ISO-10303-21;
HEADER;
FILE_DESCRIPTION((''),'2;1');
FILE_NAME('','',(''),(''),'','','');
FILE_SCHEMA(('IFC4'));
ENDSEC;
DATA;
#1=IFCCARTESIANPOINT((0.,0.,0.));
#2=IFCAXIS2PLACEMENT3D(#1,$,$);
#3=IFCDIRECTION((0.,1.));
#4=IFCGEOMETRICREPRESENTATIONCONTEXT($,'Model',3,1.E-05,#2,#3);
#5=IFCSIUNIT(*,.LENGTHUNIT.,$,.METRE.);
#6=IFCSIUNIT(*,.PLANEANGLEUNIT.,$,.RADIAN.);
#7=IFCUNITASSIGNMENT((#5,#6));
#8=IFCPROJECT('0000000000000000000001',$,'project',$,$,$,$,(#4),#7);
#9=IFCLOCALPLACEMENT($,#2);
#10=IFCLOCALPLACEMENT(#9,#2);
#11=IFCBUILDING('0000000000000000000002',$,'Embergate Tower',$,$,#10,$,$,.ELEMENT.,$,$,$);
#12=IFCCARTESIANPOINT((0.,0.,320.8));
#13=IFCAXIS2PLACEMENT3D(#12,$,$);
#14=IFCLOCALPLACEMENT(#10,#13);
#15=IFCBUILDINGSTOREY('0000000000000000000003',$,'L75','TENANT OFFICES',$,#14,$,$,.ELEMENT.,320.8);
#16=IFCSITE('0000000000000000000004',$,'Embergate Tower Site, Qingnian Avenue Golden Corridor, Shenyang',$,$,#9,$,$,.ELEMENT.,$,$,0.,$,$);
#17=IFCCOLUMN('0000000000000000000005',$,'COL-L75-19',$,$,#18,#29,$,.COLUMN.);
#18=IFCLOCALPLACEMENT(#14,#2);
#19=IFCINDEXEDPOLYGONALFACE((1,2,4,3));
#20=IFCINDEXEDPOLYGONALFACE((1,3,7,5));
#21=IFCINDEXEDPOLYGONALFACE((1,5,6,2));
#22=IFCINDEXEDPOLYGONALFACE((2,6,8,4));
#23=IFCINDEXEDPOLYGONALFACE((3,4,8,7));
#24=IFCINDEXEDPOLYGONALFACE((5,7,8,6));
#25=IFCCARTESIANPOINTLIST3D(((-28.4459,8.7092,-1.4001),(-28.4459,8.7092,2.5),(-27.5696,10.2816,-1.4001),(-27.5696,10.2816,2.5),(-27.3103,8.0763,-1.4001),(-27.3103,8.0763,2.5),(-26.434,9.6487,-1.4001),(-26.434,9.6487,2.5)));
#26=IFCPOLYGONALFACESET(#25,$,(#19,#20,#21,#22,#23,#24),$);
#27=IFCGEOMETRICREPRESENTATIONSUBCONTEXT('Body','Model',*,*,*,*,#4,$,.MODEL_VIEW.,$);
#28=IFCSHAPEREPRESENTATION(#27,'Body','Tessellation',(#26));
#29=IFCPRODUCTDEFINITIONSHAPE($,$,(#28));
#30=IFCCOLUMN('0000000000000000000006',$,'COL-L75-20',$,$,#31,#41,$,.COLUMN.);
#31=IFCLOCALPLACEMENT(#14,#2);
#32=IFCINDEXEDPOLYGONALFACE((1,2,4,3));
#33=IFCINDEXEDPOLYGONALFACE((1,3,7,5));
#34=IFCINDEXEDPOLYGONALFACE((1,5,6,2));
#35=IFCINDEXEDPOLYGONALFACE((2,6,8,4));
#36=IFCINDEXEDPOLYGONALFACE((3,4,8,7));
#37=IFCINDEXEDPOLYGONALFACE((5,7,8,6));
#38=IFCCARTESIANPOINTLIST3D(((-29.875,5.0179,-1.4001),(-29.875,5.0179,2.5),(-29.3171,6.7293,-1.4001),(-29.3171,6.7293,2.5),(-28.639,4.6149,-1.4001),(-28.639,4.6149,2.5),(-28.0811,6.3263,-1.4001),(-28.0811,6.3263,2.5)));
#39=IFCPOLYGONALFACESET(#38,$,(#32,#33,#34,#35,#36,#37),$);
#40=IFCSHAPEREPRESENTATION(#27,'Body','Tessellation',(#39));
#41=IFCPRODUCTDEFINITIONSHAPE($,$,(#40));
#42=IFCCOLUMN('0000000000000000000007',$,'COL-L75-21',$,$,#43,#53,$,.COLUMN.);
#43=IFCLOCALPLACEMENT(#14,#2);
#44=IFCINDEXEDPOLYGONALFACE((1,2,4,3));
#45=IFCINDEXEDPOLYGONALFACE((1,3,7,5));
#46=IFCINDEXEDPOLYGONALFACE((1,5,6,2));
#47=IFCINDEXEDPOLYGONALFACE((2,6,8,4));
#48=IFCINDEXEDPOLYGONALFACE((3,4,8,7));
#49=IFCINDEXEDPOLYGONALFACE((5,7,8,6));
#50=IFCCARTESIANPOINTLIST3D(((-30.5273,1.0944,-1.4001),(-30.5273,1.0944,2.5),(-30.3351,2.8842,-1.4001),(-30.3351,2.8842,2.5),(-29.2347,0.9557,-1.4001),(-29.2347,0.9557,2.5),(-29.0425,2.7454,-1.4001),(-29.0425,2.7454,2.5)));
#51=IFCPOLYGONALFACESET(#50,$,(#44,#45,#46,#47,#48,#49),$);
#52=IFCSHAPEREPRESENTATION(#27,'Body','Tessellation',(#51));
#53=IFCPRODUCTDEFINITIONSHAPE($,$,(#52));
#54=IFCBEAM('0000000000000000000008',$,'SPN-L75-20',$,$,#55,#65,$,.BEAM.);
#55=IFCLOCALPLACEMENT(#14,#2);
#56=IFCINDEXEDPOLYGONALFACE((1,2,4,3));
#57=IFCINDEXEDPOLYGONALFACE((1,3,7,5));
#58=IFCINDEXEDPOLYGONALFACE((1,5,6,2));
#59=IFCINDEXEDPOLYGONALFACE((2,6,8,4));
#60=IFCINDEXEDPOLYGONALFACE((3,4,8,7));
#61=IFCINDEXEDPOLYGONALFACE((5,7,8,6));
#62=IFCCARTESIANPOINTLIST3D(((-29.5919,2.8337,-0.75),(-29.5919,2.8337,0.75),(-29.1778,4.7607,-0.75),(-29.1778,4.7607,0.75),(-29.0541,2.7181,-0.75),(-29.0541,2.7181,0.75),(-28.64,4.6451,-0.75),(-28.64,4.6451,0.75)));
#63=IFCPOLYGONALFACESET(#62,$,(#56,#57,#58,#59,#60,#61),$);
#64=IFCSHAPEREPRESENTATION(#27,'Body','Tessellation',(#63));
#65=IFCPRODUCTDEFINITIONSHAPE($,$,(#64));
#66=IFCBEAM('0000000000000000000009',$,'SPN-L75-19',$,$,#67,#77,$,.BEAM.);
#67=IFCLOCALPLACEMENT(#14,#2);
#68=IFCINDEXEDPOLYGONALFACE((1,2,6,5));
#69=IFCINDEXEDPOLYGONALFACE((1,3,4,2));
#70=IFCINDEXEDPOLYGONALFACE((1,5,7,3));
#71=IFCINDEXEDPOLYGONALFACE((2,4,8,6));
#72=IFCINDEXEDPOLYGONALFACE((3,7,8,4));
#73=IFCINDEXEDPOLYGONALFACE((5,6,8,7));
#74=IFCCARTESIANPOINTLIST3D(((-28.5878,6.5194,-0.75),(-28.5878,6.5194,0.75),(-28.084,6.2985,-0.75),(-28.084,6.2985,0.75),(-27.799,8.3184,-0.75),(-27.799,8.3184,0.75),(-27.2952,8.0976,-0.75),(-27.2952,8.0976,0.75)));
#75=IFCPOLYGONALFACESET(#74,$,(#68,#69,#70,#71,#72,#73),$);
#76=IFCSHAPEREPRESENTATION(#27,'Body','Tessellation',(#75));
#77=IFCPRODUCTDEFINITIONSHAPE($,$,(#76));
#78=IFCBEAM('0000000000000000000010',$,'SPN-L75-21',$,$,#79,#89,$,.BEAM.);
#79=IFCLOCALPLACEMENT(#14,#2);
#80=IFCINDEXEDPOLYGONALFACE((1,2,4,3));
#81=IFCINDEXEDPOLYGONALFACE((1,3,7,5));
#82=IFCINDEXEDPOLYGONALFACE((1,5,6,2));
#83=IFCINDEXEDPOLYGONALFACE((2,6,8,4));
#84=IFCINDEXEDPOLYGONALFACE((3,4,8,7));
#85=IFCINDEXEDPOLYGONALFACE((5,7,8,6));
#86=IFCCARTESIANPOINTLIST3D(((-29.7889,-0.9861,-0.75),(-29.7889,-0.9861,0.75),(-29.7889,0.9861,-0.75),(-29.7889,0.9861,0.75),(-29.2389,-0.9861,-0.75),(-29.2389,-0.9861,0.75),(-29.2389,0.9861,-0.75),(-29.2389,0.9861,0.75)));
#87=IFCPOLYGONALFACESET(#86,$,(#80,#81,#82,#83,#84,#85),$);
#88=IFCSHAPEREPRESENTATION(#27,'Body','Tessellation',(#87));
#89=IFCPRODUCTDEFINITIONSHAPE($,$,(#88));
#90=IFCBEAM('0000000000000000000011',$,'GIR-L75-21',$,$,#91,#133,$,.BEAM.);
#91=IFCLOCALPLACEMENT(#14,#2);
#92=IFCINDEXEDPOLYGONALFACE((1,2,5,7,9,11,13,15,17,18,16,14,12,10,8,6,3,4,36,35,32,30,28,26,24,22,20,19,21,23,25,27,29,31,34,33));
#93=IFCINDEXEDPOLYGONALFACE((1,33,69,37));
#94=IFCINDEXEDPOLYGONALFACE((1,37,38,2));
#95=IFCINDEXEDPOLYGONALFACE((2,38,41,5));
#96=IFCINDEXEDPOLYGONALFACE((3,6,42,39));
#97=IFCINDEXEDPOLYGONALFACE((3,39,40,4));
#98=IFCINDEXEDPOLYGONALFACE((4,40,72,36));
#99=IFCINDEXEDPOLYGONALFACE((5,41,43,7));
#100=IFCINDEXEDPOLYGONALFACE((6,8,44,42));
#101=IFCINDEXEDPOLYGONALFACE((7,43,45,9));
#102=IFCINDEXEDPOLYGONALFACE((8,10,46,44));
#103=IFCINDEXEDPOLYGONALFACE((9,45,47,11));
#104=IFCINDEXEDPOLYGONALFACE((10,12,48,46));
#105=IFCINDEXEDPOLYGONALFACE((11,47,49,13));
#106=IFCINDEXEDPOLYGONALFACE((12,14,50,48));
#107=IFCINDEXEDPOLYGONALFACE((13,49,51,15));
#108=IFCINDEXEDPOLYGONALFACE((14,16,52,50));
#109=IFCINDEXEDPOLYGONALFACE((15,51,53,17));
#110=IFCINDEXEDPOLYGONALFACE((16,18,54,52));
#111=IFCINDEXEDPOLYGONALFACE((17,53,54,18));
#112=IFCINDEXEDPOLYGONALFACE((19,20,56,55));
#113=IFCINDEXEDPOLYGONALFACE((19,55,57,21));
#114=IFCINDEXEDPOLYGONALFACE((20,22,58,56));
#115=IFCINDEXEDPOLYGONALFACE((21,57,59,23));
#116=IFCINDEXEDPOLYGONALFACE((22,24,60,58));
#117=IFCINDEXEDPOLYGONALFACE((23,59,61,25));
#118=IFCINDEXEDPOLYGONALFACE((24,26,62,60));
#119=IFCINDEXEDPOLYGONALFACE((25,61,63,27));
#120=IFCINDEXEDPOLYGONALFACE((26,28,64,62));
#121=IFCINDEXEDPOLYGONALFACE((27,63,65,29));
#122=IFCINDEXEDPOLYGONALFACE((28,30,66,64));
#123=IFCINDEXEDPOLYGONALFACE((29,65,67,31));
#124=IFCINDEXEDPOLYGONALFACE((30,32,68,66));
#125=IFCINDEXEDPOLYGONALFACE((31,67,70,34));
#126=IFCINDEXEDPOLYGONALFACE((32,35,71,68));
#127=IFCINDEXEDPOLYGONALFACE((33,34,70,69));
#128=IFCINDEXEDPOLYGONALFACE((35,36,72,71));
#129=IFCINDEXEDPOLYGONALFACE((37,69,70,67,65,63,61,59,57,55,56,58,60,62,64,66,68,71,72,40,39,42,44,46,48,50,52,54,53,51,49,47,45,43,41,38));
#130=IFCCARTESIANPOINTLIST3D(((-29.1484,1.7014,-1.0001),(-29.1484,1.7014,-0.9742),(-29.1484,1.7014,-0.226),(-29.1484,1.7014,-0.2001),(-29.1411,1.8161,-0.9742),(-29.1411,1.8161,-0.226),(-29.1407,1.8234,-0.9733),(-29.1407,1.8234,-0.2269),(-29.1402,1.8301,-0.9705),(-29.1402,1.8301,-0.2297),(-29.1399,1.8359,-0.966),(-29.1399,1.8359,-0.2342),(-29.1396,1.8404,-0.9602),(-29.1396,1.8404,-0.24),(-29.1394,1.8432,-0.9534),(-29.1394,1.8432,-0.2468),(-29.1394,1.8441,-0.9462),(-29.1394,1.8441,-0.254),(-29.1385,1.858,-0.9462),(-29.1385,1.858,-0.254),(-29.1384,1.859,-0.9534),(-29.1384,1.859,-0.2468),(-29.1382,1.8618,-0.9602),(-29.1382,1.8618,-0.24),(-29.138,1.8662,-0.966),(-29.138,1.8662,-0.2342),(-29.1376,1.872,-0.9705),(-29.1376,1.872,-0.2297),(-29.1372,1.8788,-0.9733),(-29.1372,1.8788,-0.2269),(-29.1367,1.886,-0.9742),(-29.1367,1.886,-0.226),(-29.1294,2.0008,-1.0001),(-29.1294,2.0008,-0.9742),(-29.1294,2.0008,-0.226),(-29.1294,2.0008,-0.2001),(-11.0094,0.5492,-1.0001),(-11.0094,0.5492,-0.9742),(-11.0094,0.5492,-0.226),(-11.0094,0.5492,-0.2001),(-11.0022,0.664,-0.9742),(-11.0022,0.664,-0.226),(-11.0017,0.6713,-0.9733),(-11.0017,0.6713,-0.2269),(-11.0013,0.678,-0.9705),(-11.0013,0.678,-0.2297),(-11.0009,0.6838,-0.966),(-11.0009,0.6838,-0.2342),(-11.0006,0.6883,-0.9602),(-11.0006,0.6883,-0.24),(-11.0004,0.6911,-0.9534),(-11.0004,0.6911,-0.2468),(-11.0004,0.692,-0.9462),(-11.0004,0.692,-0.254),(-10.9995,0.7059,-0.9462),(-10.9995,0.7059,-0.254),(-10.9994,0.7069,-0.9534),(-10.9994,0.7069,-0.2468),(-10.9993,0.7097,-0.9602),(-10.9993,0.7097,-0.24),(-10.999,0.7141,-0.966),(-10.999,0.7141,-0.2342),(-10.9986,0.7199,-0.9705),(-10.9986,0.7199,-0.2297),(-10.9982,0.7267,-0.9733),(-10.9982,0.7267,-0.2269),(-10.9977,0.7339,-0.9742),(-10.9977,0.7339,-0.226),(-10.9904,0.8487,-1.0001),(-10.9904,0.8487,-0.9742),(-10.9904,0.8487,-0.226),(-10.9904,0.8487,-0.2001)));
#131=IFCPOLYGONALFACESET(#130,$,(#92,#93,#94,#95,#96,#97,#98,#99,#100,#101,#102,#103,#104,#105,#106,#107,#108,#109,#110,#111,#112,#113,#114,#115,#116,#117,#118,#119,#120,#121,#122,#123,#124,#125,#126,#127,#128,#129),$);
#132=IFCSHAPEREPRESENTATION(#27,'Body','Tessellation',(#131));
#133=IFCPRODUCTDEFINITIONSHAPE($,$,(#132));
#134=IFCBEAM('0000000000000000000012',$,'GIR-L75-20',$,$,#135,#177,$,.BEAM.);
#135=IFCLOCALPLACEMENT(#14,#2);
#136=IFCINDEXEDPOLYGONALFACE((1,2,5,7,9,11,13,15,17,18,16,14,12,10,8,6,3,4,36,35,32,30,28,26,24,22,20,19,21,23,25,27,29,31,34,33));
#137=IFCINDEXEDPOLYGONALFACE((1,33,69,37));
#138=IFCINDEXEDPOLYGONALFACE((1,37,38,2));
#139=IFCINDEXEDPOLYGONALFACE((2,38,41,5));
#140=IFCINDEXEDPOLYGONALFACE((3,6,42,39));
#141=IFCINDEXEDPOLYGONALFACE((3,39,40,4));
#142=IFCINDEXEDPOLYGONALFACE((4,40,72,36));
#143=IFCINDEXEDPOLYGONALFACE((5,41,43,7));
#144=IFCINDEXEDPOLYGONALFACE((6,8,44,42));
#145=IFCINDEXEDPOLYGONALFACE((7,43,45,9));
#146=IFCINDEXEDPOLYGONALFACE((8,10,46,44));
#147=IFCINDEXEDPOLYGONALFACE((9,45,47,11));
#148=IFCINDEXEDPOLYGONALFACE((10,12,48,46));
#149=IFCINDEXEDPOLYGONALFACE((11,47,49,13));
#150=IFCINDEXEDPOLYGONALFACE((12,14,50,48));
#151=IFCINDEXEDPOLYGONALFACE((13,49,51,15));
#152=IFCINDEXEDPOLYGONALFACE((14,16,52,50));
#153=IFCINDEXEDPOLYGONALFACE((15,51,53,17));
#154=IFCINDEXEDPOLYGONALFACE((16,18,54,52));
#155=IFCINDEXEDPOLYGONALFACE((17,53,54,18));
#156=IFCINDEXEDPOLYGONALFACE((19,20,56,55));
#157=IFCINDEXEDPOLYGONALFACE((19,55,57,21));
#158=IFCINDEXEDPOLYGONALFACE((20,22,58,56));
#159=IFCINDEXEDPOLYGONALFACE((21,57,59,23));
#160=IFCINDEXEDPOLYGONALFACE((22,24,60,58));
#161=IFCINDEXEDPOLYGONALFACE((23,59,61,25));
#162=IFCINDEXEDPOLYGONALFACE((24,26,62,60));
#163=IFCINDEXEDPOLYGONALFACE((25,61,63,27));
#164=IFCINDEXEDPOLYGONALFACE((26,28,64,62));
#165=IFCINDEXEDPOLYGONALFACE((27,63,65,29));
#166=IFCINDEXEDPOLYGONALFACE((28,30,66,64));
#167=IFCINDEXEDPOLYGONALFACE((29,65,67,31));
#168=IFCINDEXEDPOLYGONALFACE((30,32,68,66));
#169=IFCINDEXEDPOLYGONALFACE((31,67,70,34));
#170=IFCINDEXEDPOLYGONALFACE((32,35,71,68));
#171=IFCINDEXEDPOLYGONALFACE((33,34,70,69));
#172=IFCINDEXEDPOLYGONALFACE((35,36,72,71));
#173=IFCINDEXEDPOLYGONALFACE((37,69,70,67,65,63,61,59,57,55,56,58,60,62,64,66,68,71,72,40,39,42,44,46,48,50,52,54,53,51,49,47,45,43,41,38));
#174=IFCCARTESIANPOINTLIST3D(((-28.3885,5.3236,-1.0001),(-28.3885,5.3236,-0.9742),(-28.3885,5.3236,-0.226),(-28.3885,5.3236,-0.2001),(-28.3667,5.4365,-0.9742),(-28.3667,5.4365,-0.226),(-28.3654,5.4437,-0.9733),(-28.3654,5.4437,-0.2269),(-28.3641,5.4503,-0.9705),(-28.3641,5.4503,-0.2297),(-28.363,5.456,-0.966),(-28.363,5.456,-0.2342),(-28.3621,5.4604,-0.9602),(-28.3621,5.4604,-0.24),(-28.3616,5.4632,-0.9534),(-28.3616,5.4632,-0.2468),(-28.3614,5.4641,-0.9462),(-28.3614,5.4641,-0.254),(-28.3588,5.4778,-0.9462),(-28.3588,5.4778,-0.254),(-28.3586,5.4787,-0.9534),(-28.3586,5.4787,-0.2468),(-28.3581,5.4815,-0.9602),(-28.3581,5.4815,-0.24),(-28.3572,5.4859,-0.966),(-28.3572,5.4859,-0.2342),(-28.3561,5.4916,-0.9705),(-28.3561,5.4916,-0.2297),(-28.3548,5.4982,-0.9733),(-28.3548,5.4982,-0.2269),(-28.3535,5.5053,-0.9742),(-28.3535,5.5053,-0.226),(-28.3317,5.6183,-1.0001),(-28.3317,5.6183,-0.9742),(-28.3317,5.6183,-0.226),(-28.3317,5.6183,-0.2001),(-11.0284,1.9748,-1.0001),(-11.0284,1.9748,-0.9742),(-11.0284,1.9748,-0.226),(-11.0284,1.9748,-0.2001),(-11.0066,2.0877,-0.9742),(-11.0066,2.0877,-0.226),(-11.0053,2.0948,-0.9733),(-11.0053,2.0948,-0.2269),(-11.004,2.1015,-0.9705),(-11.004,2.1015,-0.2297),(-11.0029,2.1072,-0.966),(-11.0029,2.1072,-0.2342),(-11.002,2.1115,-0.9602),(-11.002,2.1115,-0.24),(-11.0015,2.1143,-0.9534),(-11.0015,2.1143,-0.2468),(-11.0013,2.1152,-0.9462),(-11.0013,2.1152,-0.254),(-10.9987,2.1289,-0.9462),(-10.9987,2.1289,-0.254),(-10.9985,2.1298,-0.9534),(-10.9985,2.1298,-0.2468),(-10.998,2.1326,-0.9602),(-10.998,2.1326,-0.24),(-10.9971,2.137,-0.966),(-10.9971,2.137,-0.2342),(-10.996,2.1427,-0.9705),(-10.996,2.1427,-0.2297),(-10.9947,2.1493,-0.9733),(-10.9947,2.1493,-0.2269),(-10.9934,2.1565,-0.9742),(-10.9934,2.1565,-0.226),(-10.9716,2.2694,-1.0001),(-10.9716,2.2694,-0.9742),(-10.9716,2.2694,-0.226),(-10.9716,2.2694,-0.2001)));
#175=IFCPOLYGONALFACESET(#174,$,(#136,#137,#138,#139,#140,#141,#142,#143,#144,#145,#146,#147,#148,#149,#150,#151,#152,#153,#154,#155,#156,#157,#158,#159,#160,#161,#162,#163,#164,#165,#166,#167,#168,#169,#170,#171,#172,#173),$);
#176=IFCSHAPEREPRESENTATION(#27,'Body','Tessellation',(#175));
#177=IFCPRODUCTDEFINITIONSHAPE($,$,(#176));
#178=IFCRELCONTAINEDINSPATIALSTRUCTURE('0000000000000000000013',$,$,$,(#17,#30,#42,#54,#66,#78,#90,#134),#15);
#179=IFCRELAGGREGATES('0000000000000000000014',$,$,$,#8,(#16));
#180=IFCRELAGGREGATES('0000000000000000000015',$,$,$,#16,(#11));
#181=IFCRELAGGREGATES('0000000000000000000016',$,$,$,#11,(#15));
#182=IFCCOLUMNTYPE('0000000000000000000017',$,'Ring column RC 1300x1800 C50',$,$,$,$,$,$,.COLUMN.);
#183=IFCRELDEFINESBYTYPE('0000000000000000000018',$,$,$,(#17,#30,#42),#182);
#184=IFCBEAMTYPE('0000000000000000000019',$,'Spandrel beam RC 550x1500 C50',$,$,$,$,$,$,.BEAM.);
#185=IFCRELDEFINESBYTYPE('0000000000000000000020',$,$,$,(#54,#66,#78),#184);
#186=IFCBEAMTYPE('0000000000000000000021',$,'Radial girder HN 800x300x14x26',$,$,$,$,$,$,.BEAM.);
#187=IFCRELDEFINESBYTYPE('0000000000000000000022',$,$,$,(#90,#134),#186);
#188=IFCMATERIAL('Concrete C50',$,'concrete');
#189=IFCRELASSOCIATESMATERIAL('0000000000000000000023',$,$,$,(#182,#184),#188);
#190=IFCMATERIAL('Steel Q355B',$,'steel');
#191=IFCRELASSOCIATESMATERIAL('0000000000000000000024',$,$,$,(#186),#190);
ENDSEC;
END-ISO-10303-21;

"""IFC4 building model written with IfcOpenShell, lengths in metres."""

from ifc_helpers import new_model, si_unit, direction, frame, origin, origin_2d, place, context, subcontext, project, spatial, rectangle, i_section, extrude, source, transform, mapped, material, material_profile, profile_set, type_object, element, save


model = new_model("IFC4")

# Units and contexts
model_context = context("Model", 3, precision=1e-05, world=origin(), true_north=direction((0.0, 1.0)))
body_context = subcontext(model_context, "Body", "Model", "MODEL_VIEW")
ifc_project = project(units=[si_unit("LENGTHUNIT", "METRE"), si_unit("PLANEANGLEUNIT", "RADIAN")], contexts=[model_context])

# Site, building, storey
site_placement = place(None, origin())
site = spatial("IfcSite", under=ifc_project, at=site_placement, Name="Embergate Tower Site, Qingnian Avenue Golden Corridor, Shenyang", CompositionType="ELEMENT", RefElevation=0.0)
building_placement = place(site_placement, origin())
building = spatial("IfcBuilding", under=site, at=building_placement, Name="Embergate Tower", CompositionType="ELEMENT")
storey_placement = place(building_placement, frame((0.0, 0.0, 320.8)))
storey = spatial("IfcBuildingStorey", under=building, at=storey_placement, Name="L75", Description="TENANT OFFICES", CompositionType="ELEMENT", Elevation=320.8)

# Columns
ifc_material_1 = material(Name="Concrete C50", Category="concrete")
ifc_material_profile_1 = material_profile(ifc_material_1, rectangle(XDim=1.3, YDim=1.8, at=origin_2d()), Name="RC 1300x1800")
ifc_profile_set_1 = profile_set([ifc_material_profile_1], Name="Concrete C50")
column_type = type_object("IfcColumnType", Name="Ring column RC 1300x1800 C50", PredefinedType="COLUMN", material=ifc_profile_set_1)
shared_shape_1 = source(origin(), body_context, "Body", "SweptSolid", [
    extrude(rectangle(XDim=1.3, YDim=1.8, at=origin_2d()), origin(), (0.0, 0.0, 1.0), 3.9001),
])
for number, where, z_axis, x_axis, name in (
    (1, (-27.4399, 9.179, -1.4001), (0.0, 0.0, 1.0), (-0.8735, 0.486823, 0.0), "COL-L75-19"),
    (2, (-28.978, 5.6721, -1.4001), (0.0, 0.0, 1.0), (-0.950754, 0.309946, 0.0), "COL-L75-20"),
    (3, (-29.7849, 1.9199, -1.4001), (0.0, 0.0, 1.0), (-0.994286, 0.10675, 0.0), "COL-L75-21"),
):
    element("IfcColumn", number, at=place(storey_placement, frame(where, z_axis=z_axis, x_axis=x_axis)), inside=storey, type_object=column_type, Name=name, PredefinedType="COLUMN", context=body_context, shape_type="MappedRepresentation", body=[
        mapped(shared_shape_1, transform((0.0, 0.0, 0.0))),
    ])

# Beams
ifc_material_profile_2 = material_profile(ifc_material_1, rectangle(XDim=0.55, YDim=1.5, at=origin_2d()), Name="RC 550x1500")
ifc_profile_set_2 = profile_set([ifc_material_profile_2], Name="Concrete C50")
beam_type_1 = type_object("IfcBeamType", Name="Spandrel beam RC 550x1500 C50", PredefinedType="BEAM", material=ifc_profile_set_2)
shared_shape_2 = source(origin(), body_context, "Body", "SweptSolid", [
    extrude(rectangle(XDim=0.55, YDim=1.5, at=origin_2d()), origin(), (0.0, 0.0, 1.0), 1.9709),
])
beam_1_placement = place(storey_placement, frame((-28.9089, 4.7029, 0.0), z_axis=(-0.210079, -0.977684, 0.0), x_axis=(0.977684, -0.210079, 0.0)))
element("IfcBeam", 4, at=beam_1_placement, inside=storey, type_object=beam_type_1, Name="SPN-L75-20", PredefinedType="BEAM", context=body_context, shape_type="MappedRepresentation", body=[
    mapped(shared_shape_2, transform((0.0, 0.0, 0.0))),
])
shared_shape_3 = source(origin(), body_context, "Body", "SweptSolid", [
    extrude(rectangle(XDim=0.55, YDim=1.5, at=origin_2d()), origin(), (0.0, 0.0, 1.0), 1.9644),
])
beam_2_placement = place(storey_placement, frame((-27.5471, 8.208, 0.0), z_axis=(-0.401555, -0.915835, 0.0), x_axis=(0.915835, -0.401555, 0.0)))
element("IfcBeam", 5, at=beam_2_placement, inside=storey, type_object=beam_type_1, Name="SPN-L75-19", PredefinedType="BEAM", context=body_context, shape_type="MappedRepresentation", body=[
    mapped(shared_shape_3, transform((0.0, 0.0, 0.0))),
])
shared_shape_4 = source(origin(), body_context, "Body", "SweptSolid", [
    extrude(rectangle(XDim=0.55, YDim=1.5, at=origin_2d()), origin(), (0.0, 0.0, 1.0), 1.9722),
])
beam_3_placement = place(storey_placement, frame((-29.5139, 0.9861, 0.0), z_axis=(0.0, -1.0, 0.0), x_axis=(1.0, 0.0, 0.0)))
element("IfcBeam", 6, at=beam_3_placement, inside=storey, type_object=beam_type_1, Name="SPN-L75-21", PredefinedType="BEAM", context=body_context, shape_type="MappedRepresentation", body=[
    mapped(shared_shape_4, transform((0.0, 0.0, 0.0))),
])
ifc_material_2 = material(Name="Steel Q355B", Category="steel")
ifc_material_profile_3 = material_profile(ifc_material_2, i_section(OverallWidth=0.3, OverallDepth=0.8, WebThickness=0.0139, FlangeThickness=0.0259, FilletRadius=0.0281, at=origin_2d()), Name="HN 800x300x14x26")
ifc_profile_set_3 = profile_set([ifc_material_profile_3], Name="Steel Q355 grade B")
beam_type_2 = type_object("IfcBeamType", Name="Radial girder HN 800x300x14x26", PredefinedType="BEAM", material=ifc_profile_set_3)
shared_shape_5 = source(origin(), body_context, "Body", "SweptSolid", [
    extrude(i_section(OverallWidth=0.3, OverallDepth=0.8, WebThickness=0.0139, FlangeThickness=0.0259, FilletRadius=0.0281, at=origin_2d()), origin(), (0.0, 0.0, 1.0), 18.1755),
])
beam_4_placement = place(storey_placement, frame((-29.1389, 1.8511, -0.6001), z_axis=(0.997989, -0.063388, 0.0), x_axis=(0.063388, 0.997989, 0.0)))
element("IfcBeam", 7, at=beam_4_placement, inside=storey, type_object=beam_type_2, Name="GIR-L75-21", PredefinedType="BEAM", context=body_context, shape_type="MappedRepresentation", body=[
    mapped(shared_shape_5, transform((0.0, 0.0, 0.0))),
])
shared_shape_6 = source(origin(), body_context, "Body", "SweptSolid", [
    extrude(i_section(OverallWidth=0.3, OverallDepth=0.8, WebThickness=0.0139, FlangeThickness=0.0259, FilletRadius=0.0281, at=origin_2d()), origin(), (0.0, 0.0, 1.0), 17.6802),
])
beam_5_placement = place(storey_placement, frame((-28.3601, 5.4709, -0.6001), z_axis=(0.981897, -0.189414, 0.0), x_axis=(0.189414, 0.981897, 0.0)))
element("IfcBeam", 8, at=beam_5_placement, inside=storey, type_object=beam_type_2, Name="GIR-L75-20", PredefinedType="BEAM", context=body_context, shape_type="MappedRepresentation", body=[
    mapped(shared_shape_6, transform((0.0, 0.0, 0.0))),
])

save(model, "model.ifc")
